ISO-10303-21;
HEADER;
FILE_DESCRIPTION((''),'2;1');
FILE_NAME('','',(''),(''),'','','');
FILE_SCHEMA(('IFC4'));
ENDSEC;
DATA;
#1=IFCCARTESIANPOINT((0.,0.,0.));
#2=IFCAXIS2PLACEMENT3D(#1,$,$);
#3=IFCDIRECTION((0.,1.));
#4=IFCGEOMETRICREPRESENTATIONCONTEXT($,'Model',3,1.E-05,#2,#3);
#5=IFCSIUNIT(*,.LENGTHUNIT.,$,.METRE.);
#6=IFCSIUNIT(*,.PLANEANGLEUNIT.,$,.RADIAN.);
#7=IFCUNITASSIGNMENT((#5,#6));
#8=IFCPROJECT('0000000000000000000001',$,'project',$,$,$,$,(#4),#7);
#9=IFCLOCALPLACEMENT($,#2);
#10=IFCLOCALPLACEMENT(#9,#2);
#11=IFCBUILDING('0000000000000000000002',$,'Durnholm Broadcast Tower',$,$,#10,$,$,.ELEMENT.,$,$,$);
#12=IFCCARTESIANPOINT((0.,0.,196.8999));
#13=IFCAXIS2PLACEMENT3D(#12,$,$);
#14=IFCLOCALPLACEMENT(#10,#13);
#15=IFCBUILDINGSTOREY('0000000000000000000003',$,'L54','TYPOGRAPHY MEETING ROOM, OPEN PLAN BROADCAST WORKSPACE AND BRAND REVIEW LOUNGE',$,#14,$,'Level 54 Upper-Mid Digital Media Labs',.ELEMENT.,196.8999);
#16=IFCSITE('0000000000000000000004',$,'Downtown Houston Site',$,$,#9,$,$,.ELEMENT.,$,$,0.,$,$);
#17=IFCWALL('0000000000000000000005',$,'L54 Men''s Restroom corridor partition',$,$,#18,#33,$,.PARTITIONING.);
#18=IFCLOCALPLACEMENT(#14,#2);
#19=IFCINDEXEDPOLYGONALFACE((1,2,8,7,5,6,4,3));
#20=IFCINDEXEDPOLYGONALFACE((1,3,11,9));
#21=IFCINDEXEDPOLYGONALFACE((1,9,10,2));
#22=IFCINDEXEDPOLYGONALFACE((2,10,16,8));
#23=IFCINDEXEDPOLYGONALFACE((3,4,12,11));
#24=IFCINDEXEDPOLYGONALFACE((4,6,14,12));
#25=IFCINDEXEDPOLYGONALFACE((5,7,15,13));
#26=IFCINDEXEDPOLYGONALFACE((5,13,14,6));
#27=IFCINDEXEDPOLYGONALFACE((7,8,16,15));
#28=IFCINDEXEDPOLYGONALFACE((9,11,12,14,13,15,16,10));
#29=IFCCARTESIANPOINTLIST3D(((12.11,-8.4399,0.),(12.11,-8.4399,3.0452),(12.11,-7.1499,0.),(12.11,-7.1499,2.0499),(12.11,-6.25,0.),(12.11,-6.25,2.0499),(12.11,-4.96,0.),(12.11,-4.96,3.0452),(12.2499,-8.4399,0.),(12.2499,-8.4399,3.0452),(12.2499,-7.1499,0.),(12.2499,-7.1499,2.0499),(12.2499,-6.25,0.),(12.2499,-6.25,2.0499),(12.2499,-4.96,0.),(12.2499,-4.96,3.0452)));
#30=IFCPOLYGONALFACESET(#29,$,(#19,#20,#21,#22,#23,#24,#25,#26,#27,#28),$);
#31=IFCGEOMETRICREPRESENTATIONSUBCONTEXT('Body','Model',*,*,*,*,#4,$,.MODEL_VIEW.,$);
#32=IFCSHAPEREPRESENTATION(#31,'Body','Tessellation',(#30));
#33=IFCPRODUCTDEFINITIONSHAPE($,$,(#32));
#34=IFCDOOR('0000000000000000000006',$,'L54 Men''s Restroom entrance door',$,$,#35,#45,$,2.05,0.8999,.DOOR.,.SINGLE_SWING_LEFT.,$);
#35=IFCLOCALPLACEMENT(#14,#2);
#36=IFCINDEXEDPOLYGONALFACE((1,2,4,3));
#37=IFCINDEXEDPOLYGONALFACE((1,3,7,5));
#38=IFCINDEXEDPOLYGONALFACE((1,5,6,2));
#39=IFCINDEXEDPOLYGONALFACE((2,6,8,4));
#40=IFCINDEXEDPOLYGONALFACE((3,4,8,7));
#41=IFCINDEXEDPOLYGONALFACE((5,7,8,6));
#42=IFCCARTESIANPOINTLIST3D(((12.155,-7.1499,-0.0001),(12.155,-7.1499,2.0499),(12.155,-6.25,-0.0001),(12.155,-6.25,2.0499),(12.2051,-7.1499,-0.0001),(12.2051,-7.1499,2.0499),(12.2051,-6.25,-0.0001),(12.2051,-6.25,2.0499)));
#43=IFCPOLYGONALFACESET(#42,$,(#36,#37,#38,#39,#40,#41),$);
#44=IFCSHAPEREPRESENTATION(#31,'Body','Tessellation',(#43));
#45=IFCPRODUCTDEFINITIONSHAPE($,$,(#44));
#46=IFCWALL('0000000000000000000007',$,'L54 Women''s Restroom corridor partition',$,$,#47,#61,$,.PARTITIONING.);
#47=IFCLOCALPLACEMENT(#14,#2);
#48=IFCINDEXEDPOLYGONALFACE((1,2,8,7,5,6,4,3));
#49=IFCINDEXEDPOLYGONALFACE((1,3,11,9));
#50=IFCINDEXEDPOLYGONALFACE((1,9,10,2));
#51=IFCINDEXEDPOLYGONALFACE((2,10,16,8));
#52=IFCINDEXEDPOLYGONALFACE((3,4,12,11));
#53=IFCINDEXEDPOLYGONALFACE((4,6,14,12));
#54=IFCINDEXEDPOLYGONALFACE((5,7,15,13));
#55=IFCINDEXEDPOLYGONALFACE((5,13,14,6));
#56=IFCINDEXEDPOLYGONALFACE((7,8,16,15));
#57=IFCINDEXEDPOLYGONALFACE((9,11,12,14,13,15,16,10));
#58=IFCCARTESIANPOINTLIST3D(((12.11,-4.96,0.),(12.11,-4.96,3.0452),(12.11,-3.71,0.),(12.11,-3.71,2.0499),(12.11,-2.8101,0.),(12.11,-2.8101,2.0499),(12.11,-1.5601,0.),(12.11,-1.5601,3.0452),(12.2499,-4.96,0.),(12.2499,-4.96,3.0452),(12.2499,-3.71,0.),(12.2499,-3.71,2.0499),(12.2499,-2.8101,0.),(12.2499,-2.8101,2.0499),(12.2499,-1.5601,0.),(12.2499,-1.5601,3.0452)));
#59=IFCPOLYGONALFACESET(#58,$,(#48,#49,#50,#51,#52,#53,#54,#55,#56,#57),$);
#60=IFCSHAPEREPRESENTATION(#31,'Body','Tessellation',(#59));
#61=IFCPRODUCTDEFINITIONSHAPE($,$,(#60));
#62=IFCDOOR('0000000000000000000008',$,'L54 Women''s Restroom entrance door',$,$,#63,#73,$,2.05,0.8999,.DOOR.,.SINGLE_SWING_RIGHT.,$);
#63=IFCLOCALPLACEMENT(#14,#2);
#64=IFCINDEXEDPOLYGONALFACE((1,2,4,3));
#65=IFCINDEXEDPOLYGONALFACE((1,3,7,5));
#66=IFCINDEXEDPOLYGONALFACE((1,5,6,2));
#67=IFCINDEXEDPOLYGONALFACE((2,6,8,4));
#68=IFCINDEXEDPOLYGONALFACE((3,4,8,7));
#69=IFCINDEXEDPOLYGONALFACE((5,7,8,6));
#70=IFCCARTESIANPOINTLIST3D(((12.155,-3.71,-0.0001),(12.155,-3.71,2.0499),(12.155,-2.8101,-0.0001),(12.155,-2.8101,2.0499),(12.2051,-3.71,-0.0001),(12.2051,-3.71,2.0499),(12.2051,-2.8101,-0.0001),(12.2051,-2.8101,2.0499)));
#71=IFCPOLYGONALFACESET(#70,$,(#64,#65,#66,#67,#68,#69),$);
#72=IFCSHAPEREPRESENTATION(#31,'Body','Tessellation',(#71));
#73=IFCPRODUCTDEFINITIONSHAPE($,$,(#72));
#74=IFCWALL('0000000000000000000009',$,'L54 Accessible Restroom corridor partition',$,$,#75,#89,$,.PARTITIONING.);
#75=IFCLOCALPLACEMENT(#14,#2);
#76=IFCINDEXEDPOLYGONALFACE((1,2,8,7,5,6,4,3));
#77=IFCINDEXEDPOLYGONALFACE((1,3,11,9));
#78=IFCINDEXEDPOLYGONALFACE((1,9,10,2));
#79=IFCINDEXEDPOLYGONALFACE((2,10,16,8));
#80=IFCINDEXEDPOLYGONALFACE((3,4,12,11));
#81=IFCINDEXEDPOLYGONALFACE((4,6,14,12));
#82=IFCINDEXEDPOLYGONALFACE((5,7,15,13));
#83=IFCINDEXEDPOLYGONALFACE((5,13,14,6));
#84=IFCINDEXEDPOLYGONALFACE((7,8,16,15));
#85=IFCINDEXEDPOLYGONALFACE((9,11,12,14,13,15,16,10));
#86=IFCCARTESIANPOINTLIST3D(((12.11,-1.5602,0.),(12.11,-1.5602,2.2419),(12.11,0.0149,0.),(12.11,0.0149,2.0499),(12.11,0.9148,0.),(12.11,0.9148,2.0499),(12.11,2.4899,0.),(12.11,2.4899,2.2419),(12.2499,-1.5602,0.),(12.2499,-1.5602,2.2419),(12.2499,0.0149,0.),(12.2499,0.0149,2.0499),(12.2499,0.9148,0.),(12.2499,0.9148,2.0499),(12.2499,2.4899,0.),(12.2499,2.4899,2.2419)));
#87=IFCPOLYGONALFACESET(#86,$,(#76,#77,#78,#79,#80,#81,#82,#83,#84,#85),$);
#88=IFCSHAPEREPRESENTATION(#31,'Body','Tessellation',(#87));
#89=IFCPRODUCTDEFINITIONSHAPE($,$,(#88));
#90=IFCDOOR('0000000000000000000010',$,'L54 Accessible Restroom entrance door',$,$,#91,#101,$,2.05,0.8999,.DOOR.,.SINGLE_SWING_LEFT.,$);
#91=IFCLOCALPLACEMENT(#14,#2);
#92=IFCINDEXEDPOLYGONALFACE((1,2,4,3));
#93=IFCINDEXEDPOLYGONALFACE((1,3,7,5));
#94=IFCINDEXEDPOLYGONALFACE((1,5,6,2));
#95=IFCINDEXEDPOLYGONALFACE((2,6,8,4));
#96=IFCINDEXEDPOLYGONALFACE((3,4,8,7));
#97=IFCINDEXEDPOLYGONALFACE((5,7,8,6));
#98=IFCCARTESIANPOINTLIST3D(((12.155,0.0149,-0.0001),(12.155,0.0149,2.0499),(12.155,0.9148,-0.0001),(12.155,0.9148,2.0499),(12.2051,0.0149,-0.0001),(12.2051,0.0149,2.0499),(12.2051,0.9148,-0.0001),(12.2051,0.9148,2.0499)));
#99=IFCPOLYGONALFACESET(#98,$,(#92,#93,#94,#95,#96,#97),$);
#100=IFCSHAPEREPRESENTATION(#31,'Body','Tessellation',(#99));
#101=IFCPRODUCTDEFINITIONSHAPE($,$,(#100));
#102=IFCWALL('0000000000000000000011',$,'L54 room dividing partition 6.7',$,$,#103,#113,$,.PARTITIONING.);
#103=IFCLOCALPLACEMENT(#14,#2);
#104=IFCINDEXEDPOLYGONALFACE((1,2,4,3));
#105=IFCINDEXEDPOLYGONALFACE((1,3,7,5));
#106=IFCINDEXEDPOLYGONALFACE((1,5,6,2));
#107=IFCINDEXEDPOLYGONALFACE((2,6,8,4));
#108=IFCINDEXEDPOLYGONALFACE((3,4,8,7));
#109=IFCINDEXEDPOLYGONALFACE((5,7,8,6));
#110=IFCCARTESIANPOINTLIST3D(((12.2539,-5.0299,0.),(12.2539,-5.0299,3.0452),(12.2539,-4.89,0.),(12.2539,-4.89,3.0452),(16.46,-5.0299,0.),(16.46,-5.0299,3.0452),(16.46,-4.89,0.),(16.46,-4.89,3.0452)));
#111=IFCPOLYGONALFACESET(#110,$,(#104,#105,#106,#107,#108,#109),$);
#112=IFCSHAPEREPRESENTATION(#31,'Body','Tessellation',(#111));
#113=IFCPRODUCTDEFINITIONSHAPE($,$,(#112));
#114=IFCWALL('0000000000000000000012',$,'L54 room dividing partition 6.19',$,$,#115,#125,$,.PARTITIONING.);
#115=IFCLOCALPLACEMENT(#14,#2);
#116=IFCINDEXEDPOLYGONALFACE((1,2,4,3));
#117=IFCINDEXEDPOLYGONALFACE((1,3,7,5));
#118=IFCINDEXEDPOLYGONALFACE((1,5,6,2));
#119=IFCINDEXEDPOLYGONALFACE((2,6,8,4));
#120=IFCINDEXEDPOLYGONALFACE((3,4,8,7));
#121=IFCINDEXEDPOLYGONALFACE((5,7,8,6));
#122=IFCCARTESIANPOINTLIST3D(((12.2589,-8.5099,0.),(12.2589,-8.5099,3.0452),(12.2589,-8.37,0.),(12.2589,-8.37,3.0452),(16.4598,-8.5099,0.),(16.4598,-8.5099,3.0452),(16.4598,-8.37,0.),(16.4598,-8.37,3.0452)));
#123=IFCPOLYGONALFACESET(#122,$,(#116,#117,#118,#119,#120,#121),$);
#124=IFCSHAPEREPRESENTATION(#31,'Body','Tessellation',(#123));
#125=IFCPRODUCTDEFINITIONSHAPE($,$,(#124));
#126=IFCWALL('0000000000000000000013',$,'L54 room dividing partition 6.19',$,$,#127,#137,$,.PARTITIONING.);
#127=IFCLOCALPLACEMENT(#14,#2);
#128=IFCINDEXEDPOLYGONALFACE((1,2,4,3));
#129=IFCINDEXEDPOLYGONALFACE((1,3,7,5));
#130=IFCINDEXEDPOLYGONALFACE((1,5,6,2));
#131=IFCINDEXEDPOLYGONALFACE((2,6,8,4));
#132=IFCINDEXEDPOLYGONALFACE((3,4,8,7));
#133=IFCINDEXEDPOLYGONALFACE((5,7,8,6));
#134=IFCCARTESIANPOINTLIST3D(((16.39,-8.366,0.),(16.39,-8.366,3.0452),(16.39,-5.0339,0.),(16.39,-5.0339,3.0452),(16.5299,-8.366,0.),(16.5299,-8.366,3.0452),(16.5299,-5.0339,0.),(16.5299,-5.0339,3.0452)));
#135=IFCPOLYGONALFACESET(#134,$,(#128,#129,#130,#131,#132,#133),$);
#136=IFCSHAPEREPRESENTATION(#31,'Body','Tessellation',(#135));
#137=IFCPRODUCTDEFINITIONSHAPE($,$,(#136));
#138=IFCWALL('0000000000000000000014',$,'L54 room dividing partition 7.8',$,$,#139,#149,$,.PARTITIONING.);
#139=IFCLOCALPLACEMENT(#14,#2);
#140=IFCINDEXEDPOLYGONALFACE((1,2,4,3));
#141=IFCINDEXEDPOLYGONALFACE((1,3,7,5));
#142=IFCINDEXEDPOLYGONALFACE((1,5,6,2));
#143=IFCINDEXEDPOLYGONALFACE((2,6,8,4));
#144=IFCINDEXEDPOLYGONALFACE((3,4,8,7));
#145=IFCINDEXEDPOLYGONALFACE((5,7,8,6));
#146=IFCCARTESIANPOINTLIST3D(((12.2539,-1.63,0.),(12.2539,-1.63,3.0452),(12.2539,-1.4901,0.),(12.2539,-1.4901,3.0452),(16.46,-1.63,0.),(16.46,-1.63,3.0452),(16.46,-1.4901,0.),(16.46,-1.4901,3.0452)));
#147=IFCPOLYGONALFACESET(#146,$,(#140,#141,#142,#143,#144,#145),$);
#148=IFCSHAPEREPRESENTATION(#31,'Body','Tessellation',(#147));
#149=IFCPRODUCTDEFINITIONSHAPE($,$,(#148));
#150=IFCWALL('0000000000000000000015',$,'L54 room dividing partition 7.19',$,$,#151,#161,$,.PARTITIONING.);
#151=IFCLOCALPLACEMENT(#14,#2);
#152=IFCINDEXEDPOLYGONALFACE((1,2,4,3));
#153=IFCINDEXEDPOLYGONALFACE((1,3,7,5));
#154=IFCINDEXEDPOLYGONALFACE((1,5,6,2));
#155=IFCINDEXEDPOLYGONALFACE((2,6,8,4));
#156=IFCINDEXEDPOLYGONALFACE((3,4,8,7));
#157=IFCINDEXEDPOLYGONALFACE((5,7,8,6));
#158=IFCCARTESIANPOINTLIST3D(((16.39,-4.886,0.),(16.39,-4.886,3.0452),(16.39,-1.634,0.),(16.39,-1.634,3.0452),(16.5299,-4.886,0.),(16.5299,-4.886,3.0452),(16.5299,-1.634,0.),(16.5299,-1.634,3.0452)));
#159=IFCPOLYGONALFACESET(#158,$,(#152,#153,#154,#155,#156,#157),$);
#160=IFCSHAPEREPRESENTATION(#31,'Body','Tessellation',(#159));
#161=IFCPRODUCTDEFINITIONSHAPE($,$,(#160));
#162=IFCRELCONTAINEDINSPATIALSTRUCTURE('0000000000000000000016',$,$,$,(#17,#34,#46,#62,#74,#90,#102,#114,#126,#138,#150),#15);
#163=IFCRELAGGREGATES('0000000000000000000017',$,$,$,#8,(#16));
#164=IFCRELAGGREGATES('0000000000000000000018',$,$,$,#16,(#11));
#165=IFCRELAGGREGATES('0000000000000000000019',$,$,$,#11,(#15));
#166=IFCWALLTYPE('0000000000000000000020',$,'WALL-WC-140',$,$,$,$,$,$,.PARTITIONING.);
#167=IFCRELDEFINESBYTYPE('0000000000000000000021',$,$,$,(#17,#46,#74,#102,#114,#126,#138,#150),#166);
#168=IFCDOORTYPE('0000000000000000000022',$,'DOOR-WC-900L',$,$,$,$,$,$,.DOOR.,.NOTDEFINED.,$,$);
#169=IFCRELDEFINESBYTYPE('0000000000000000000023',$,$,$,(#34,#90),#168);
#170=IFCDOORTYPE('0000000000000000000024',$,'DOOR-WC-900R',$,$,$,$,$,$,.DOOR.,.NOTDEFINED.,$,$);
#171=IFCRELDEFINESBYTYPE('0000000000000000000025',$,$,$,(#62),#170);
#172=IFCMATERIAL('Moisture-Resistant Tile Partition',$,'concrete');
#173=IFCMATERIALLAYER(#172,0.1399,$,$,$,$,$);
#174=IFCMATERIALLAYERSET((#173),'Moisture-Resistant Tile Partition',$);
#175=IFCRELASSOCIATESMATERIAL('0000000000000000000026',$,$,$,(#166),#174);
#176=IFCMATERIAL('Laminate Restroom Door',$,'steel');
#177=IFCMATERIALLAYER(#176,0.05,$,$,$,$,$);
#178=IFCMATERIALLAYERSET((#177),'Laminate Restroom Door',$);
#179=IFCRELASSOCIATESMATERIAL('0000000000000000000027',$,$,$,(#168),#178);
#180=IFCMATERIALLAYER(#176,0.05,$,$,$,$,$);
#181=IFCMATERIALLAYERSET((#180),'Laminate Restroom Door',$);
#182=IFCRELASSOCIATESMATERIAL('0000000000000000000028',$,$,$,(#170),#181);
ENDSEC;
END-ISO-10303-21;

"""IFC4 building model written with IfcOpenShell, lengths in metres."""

from ifc_helpers import new_model, si_unit, direction, frame, frame_2d, origin, place, context, subcontext, project, spatial, rectangle, extrude, source, transform, mapped, material, layer, layer_set, type_object, type_shapes, element, fill, save


model = new_model("IFC4")

# Units and contexts
model_context = context("Model", 3, precision=1e-05, world=origin(), true_north=direction((0.0, 1.0)))
body_context = subcontext(model_context, "Body", "Model", "MODEL_VIEW")
ifc_project = project(units=[si_unit("LENGTHUNIT", "METRE"), si_unit("PLANEANGLEUNIT", "RADIAN")], contexts=[model_context])

# Site, building, storey
site_placement = place(None, origin())
site = spatial("IfcSite", under=ifc_project, at=site_placement, Name="Downtown Houston Site", CompositionType="ELEMENT", RefElevation=0.0)
building_placement = place(site_placement, origin())
building = spatial("IfcBuilding", under=site, at=building_placement, Name="Durnholm Broadcast Tower", CompositionType="ELEMENT")
storey_placement = place(building_placement, frame((0.0, 0.0, 196.8999)))
storey = spatial("IfcBuildingStorey", under=building, at=storey_placement, Name="L54", Description="TYPOGRAPHY MEETING ROOM, OPEN PLAN BROADCAST WORKSPACE AND BRAND REVIEW LOUNGE", LongName="Level 54 Upper-Mid Digital Media Labs", CompositionType="ELEMENT", Elevation=196.8999)

# Walls, openings, doors
ifc_material_1 = material(Name="Moisture-Resistant Tile Partition", Category="concrete")
ifc_layer_1 = layer(ifc_material_1, 0.1399)
ifc_layer_set_1 = layer_set([ifc_layer_1], Name="Moisture-Resistant Tile Partition")
wall_type_1 = type_object("IfcWallType", Name="WALL-WC-140", PredefinedType="PARTITIONING", material=ifc_layer_set_1)
wall_1_placement = place(storey_placement, frame((12.1799, -8.4399, 0.0), z_axis=(0.0, 0.0, 1.0), x_axis=(0.0, 1.0, 0.0)))
wall_1 = element("IfcWall", 1, at=wall_1_placement, inside=storey, type_object=wall_type_1, Name="L54 Men's Restroom corridor partition", PredefinedType="PARTITIONING", context=body_context, shape_type="SweptSolid", body=[
    extrude(rectangle(XDim=3.48, YDim=0.1399, at=frame_2d((1.74, 0.0))), origin(), (0.0, 0.0, 1.0), 3.0452),
])
opening_1_placement = place(wall_1_placement, frame((1.29, 0.0, 0.0)))
opening_1 = element("IfcOpeningElement", 2, at=opening_1_placement, cuts=wall_1, PredefinedType="OPENING", context=body_context, shape_type="SweptSolid", body=[
    extrude(rectangle(XDim=0.8999, YDim=2.05, at=frame_2d((0.45, 1.0249))), frame((0.0, 0.0801, 0.0), z_axis=(0.0, -1.0, 0.0), x_axis=(1.0, 0.0, 0.0)), (0.0, 0.0, 1.0), 0.1599),
])
ifc_material_2 = material(Name="Laminate Restroom Door", Category="steel")
ifc_layer_2 = layer(ifc_material_2, 0.05)
ifc_layer_set_2 = layer_set([ifc_layer_2], Name="Laminate Restroom Door")
door_type_1 = type_object("IfcDoorType", Name="DOOR-WC-900L", OperationType="NOTDEFINED", PredefinedType="DOOR", material=ifc_layer_set_2)
shared_shape_1 = source(origin(), body_context, "Body", "SweptSolid", [
    extrude(rectangle(XDim=0.8999, YDim=2.05, at=frame_2d((0.45, 1.0249))), frame((0.0, 0.0249, 0.0), z_axis=(0.0, -1.0, 0.0), x_axis=(1.0, 0.0, 0.0)), (0.0, 0.0, 1.0), 0.05),
])
type_shapes(door_type_1, [shared_shape_1])
door_1_placement = place(opening_1_placement, origin())
door_1 = element("IfcDoor", 3, at=door_1_placement, inside=storey, type_object=door_type_1, Name="L54 Men's Restroom entrance door", OperationType="SINGLE_SWING_LEFT", OverallHeight=2.05, OverallWidth=0.8999, PredefinedType="DOOR", context=body_context, shape_type="MappedRepresentation", body=[
    mapped(shared_shape_1, transform((0.0, 0.0, 0.0), x_axis=(1.0, 0.0, 0.0), y_axis=(0.0, 1.0, 0.0), z_axis=(0.0, 0.0, 1.0), scale=1.0)),
])
fill(opening_1, door_1)
wall_2_placement = place(storey_placement, frame((12.1799, -4.96, 0.0), z_axis=(0.0, 0.0, 1.0), x_axis=(0.0, 1.0, 0.0)))
wall_2 = element("IfcWall", 4, at=wall_2_placement, inside=storey, type_object=wall_type_1, Name="L54 Women's Restroom corridor partition", PredefinedType="PARTITIONING", context=body_context, shape_type="SweptSolid", body=[
    extrude(rectangle(XDim=3.3999, YDim=0.1399, at=frame_2d((1.7, 0.0))), origin(), (0.0, 0.0, 1.0), 3.0452),
])
opening_2_placement = place(wall_2_placement, frame((1.25, 0.0, 0.0)))
opening_2 = element("IfcOpeningElement", 5, at=opening_2_placement, cuts=wall_2, PredefinedType="OPENING", context=body_context, shape_type="SweptSolid", body=[
    extrude(rectangle(XDim=0.8999, YDim=2.05, at=frame_2d((0.45, 1.0249))), frame((0.0, 0.0801, 0.0), z_axis=(0.0, -1.0, 0.0), x_axis=(1.0, 0.0, 0.0)), (0.0, 0.0, 1.0), 0.1599),
])
ifc_layer_3 = layer(ifc_material_2, 0.05)
ifc_layer_set_3 = layer_set([ifc_layer_3], Name="Laminate Restroom Door")
door_type_2 = type_object("IfcDoorType", Name="DOOR-WC-900R", OperationType="NOTDEFINED", PredefinedType="DOOR", material=ifc_layer_set_3)
shared_shape_2 = source(origin(), body_context, "Body", "SweptSolid", [
    extrude(rectangle(XDim=0.8999, YDim=2.05, at=frame_2d((0.45, 1.0249))), frame((0.0, 0.0249, 0.0), z_axis=(0.0, -1.0, 0.0), x_axis=(1.0, 0.0, 0.0)), (0.0, 0.0, 1.0), 0.05),
])
type_shapes(door_type_2, [shared_shape_2])
door_2_placement = place(opening_2_placement, origin())
door_2 = element("IfcDoor", 6, at=door_2_placement, inside=storey, type_object=door_type_2, Name="L54 Women's Restroom entrance door", OperationType="SINGLE_SWING_RIGHT", OverallHeight=2.05, OverallWidth=0.8999, PredefinedType="DOOR", context=body_context, shape_type="MappedRepresentation", body=[
    mapped(shared_shape_2, transform((0.0, 0.0, 0.0), x_axis=(1.0, 0.0, 0.0), y_axis=(0.0, 1.0, 0.0), z_axis=(0.0, 0.0, 1.0), scale=1.0)),
])
fill(opening_2, door_2)
wall_3_placement = place(storey_placement, frame((12.1799, -1.5601, 0.0), z_axis=(0.0, 0.0, 1.0), x_axis=(0.0, 1.0, 0.0)))
wall_3 = element("IfcWall", 7, at=wall_3_placement, inside=storey, type_object=wall_type_1, Name="L54 Accessible Restroom corridor partition", PredefinedType="PARTITIONING", context=body_context, shape_type="SweptSolid", body=[
    extrude(rectangle(XDim=4.05, YDim=0.1399, at=frame_2d((2.0249, 0.0))), origin(), (0.0, 0.0, 1.0), 2.2419),
])
opening_3_placement = place(wall_3_placement, frame((1.575, 0.0, 0.0)))
opening_3 = element("IfcOpeningElement", 8, at=opening_3_placement, cuts=wall_3, PredefinedType="OPENING", context=body_context, shape_type="SweptSolid", body=[
    extrude(rectangle(XDim=0.8999, YDim=2.05, at=frame_2d((0.45, 1.0249))), frame((0.0, 0.0801, 0.0), z_axis=(0.0, -1.0, 0.0), x_axis=(1.0, 0.0, 0.0)), (0.0, 0.0, 1.0), 0.1599),
])
door_3_placement = place(opening_3_placement, origin())
door_3 = element("IfcDoor", 9, at=door_3_placement, inside=storey, type_object=door_type_1, Name="L54 Accessible Restroom entrance door", OperationType="SINGLE_SWING_LEFT", OverallHeight=2.05, OverallWidth=0.8999, PredefinedType="DOOR", context=body_context, shape_type="MappedRepresentation", body=[
    mapped(shared_shape_1, transform((0.0, 0.0, 0.0), x_axis=(1.0, 0.0, 0.0), y_axis=(0.0, 1.0, 0.0), z_axis=(0.0, 0.0, 1.0), scale=1.0)),
])
fill(opening_3, door_3)

# Walls
wall_4_placement = place(storey_placement, frame((12.2539, -4.96, 0.0), z_axis=(0.0, 0.0, 1.0), x_axis=(1.0, 0.0, 0.0)))
element("IfcWall", 10, at=wall_4_placement, inside=storey, type_object=wall_type_1, Name="L54 room dividing partition 6.7", PredefinedType="PARTITIONING", context=body_context, shape_type="SweptSolid", body=[
    extrude(rectangle(XDim=4.2061, YDim=0.1399, at=frame_2d((2.103, 0.0))), origin(), (0.0, 0.0, 1.0), 3.0452),
])
wall_5_placement = place(storey_placement, frame((16.46, -8.4399, 0.0), z_axis=(0.0, 0.0, 1.0), x_axis=(-1.0, 0.0, 0.0)))
element("IfcWall", 11, at=wall_5_placement, inside=storey, type_object=wall_type_1, Name="L54 room dividing partition 6.19", PredefinedType="PARTITIONING", context=body_context, shape_type="SweptSolid", body=[
    extrude(rectangle(XDim=4.2009, YDim=0.1399, at=frame_2d((2.1006, 0.0))), origin(), (0.0, 0.0, 1.0), 3.0452),
])
wall_6_placement = place(storey_placement, frame((16.46, -5.0339, 0.0), z_axis=(0.0, 0.0, 1.0), x_axis=(0.0, -1.0, 0.0)))
element("IfcWall", 12, at=wall_6_placement, inside=storey, type_object=wall_type_1, Name="L54 room dividing partition 6.19", PredefinedType="PARTITIONING", context=body_context, shape_type="SweptSolid", body=[
    extrude(rectangle(XDim=3.332, YDim=0.1399, at=frame_2d((1.666, 0.0))), origin(), (0.0, 0.0, 1.0), 3.0452),
])
wall_7_placement = place(storey_placement, frame((12.2539, -1.5601, 0.0), z_axis=(0.0, 0.0, 1.0), x_axis=(1.0, 0.0, 0.0)))
element("IfcWall", 13, at=wall_7_placement, inside=storey, type_object=wall_type_1, Name="L54 room dividing partition 7.8", PredefinedType="PARTITIONING", context=body_context, shape_type="SweptSolid", body=[
    extrude(rectangle(XDim=4.2061, YDim=0.1399, at=frame_2d((2.103, 0.0))), origin(), (0.0, 0.0, 1.0), 3.0452),
])
wall_8_placement = place(storey_placement, frame((16.46, -1.634, 0.0), z_axis=(0.0, 0.0, 1.0), x_axis=(0.0, -1.0, 0.0)))
element("IfcWall", 14, at=wall_8_placement, inside=storey, type_object=wall_type_1, Name="L54 room dividing partition 7.19", PredefinedType="PARTITIONING", context=body_context, shape_type="SweptSolid", body=[
    extrude(rectangle(XDim=3.252, YDim=0.1399, at=frame_2d((1.626, 0.0))), origin(), (0.0, 0.0, 1.0), 3.0452),
])

save(model, "model.ifc")
